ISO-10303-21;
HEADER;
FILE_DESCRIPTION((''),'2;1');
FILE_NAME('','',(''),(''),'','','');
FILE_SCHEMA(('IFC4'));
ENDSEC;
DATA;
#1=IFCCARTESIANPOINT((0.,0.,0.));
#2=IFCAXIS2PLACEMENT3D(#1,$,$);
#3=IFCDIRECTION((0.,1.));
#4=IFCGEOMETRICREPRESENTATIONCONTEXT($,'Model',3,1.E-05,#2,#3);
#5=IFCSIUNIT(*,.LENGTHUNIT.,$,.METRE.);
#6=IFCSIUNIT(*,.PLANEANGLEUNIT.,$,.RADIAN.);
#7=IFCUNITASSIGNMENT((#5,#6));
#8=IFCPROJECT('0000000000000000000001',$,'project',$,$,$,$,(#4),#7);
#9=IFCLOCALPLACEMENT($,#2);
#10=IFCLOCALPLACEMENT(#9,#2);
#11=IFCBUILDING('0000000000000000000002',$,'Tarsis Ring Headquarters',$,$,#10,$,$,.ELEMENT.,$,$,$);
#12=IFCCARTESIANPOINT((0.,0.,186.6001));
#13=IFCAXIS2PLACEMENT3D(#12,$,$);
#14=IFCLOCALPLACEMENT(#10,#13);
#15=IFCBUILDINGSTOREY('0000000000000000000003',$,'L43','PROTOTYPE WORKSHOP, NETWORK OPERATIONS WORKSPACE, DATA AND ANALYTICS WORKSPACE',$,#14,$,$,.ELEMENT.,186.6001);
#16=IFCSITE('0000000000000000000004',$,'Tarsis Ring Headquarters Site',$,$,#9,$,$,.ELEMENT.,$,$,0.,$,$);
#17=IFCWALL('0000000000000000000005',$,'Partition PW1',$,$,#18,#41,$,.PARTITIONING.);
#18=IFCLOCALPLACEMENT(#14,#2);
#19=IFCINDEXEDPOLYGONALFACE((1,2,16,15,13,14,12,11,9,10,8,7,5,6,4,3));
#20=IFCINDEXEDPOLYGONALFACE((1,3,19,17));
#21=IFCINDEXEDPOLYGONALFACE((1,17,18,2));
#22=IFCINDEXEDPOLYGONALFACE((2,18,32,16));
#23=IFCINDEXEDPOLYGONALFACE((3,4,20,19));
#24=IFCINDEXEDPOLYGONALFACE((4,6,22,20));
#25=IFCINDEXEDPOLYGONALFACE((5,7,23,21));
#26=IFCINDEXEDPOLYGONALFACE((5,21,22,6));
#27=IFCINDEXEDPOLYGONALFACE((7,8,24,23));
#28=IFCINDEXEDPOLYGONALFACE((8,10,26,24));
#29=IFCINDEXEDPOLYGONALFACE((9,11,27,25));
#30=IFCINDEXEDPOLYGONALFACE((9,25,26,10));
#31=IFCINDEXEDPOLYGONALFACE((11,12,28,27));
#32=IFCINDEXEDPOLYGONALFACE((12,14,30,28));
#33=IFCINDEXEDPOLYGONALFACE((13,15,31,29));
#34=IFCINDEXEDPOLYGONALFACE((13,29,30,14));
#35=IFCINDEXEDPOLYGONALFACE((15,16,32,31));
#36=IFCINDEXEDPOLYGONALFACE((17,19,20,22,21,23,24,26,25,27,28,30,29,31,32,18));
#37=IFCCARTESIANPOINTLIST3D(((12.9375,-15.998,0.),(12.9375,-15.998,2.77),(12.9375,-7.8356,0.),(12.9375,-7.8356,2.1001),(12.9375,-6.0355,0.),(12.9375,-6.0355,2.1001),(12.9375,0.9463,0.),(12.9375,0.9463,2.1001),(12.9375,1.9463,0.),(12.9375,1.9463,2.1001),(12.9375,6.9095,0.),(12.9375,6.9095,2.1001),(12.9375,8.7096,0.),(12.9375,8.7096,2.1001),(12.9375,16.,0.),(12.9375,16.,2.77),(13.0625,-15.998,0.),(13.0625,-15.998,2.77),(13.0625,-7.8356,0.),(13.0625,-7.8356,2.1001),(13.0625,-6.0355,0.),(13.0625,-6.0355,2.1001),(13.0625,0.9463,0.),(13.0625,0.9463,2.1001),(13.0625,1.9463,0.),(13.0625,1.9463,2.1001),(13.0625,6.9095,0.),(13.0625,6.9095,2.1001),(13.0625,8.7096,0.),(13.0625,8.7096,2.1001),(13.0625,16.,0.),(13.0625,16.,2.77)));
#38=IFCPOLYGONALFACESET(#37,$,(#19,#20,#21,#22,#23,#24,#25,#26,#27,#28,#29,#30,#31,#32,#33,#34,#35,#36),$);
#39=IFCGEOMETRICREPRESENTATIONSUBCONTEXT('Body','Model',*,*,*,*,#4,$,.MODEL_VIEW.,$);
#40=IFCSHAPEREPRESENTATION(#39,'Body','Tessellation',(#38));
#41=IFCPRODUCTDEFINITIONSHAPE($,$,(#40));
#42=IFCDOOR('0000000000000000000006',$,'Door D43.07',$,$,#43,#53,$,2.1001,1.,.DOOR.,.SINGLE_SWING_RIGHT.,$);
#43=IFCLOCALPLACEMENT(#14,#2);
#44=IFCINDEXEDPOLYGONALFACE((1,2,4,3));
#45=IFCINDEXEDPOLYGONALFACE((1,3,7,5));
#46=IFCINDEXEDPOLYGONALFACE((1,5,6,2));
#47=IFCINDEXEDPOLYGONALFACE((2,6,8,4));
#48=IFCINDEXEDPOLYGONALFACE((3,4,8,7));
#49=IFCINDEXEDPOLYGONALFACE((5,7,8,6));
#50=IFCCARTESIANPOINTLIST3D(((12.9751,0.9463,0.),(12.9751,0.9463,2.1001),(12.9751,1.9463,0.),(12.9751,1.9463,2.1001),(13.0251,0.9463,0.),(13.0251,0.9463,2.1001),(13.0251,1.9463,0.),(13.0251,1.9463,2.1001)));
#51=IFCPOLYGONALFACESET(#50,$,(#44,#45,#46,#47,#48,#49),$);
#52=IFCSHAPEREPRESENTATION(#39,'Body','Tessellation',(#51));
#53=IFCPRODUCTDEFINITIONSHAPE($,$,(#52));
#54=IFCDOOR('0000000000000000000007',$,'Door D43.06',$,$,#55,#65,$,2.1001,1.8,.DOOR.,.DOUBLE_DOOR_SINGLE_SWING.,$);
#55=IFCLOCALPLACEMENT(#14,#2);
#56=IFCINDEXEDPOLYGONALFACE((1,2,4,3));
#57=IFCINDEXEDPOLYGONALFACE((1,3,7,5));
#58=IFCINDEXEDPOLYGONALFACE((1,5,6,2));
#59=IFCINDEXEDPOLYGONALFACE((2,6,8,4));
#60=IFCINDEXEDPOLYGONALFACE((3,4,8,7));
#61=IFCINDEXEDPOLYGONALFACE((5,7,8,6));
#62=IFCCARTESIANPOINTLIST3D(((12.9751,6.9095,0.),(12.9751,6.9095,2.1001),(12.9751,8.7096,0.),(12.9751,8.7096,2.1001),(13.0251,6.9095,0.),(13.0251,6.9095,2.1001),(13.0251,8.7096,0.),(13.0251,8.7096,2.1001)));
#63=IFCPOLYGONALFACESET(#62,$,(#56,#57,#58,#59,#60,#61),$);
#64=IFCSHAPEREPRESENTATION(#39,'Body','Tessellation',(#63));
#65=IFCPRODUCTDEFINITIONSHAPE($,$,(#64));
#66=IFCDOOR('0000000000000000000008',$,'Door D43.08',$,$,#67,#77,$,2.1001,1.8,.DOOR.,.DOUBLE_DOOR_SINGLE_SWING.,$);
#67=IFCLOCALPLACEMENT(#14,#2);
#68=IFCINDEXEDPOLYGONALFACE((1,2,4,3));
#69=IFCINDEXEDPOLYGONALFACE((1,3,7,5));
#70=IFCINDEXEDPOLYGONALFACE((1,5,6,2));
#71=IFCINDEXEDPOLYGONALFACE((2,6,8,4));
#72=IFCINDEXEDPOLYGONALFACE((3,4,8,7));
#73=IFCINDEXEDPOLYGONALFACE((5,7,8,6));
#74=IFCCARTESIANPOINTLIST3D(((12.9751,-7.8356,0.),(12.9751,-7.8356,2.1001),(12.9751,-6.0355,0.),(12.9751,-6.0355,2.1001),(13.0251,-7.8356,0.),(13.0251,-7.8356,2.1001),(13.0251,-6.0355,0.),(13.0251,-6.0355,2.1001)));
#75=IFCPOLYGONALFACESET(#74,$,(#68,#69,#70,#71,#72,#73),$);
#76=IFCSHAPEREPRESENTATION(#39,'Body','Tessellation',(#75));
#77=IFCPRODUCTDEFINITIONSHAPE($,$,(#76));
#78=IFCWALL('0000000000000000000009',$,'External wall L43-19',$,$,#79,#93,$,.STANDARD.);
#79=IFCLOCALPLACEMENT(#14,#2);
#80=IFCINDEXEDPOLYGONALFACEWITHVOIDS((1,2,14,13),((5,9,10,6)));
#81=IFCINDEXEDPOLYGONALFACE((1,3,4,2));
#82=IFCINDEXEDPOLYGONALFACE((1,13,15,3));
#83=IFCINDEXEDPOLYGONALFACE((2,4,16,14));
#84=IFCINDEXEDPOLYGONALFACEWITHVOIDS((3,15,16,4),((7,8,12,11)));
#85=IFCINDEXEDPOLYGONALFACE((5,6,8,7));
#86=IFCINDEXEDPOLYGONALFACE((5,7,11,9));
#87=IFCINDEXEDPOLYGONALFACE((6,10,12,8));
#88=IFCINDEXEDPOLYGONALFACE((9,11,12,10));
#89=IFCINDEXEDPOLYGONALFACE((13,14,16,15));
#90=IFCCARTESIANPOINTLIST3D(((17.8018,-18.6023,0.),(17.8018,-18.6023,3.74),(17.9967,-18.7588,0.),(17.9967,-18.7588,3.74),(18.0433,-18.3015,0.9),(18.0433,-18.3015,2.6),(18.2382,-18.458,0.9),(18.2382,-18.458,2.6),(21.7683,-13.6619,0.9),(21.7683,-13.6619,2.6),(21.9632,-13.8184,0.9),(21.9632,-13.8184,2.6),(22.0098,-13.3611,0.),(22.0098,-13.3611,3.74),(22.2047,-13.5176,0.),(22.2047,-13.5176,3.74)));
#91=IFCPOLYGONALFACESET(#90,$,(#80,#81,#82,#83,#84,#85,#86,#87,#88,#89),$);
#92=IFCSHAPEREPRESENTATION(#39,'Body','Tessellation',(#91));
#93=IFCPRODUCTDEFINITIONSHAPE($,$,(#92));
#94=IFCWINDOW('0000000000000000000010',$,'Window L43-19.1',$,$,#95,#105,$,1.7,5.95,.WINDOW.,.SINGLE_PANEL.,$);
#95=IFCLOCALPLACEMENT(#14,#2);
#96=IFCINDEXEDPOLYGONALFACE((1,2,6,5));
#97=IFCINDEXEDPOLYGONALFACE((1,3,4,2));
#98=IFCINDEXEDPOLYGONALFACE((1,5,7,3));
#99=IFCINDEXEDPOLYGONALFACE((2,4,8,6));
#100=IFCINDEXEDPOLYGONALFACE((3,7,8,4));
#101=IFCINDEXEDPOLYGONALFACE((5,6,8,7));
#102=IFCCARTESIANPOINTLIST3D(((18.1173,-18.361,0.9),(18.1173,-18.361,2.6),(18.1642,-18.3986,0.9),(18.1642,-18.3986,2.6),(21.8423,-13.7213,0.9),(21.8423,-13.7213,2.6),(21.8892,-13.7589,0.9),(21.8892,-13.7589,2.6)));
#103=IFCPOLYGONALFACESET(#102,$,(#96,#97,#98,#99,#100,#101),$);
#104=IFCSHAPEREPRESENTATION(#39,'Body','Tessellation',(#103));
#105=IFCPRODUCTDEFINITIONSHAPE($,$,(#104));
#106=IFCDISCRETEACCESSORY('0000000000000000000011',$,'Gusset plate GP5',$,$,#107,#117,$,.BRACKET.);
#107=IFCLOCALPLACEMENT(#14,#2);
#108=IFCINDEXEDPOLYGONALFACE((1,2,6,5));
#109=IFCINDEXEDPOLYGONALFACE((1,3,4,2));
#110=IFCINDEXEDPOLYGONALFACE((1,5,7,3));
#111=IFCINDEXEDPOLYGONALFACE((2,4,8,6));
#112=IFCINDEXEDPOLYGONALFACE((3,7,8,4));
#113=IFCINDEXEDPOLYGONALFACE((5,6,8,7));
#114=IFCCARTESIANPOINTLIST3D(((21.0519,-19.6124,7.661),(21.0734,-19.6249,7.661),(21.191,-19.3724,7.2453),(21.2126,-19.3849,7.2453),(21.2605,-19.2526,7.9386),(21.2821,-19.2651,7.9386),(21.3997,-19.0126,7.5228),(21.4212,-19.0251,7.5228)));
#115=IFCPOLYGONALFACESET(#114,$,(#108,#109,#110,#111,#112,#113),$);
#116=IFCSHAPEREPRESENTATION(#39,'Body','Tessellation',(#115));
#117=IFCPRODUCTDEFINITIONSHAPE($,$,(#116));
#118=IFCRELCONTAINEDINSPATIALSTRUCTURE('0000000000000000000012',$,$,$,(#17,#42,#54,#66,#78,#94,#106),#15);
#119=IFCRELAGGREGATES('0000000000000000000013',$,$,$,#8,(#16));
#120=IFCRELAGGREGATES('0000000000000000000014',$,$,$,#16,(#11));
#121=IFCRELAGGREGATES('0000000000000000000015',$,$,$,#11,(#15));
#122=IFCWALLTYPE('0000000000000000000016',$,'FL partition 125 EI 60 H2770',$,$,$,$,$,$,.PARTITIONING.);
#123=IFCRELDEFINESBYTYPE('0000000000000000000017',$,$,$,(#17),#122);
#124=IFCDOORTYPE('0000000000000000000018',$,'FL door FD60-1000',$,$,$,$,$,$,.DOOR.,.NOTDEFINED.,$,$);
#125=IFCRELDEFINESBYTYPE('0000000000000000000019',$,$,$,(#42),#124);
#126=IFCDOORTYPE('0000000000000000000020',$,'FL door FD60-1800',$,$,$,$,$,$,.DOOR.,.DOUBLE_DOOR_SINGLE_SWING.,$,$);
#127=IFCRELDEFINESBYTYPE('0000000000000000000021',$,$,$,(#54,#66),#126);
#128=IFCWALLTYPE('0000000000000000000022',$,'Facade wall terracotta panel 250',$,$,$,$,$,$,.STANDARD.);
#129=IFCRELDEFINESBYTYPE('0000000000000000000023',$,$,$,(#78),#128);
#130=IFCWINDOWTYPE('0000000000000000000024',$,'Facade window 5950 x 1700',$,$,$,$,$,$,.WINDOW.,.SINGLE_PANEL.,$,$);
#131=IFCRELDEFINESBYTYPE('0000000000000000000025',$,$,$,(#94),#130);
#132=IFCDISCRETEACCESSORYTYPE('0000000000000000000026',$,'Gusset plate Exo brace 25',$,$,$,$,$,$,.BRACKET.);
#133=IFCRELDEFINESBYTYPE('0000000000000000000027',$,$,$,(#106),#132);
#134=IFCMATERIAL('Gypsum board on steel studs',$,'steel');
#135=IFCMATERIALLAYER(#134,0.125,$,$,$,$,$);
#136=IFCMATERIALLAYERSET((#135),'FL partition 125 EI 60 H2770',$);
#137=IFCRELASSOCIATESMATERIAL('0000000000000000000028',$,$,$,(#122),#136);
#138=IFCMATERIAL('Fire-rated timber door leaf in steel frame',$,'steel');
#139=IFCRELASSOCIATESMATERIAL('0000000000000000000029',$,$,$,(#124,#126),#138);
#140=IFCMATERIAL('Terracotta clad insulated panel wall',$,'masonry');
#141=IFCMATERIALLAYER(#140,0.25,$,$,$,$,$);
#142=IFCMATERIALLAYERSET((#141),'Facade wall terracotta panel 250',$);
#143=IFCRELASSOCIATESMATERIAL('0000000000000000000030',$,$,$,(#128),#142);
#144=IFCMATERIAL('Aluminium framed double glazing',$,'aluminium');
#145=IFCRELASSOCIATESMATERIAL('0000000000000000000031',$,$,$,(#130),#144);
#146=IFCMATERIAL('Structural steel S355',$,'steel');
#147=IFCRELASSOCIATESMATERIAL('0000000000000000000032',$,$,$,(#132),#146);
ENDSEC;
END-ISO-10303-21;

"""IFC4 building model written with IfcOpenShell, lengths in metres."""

from ifc_helpers import new_model, si_unit, direction, frame, frame_2d, origin, origin_2d, place, context, subcontext, project, spatial, rectangle, extrude, material, layer, layer_set, material_profile, profile_set, type_object, element, fill, save


model = new_model("IFC4")

# Units and contexts
model_context = context("Model", 3, precision=1e-05, world=origin(), true_north=direction((0.0, 1.0)))
body_context = subcontext(model_context, "Body", "Model", "MODEL_VIEW")
ifc_project = project(units=[si_unit("LENGTHUNIT", "METRE"), si_unit("PLANEANGLEUNIT", "RADIAN")], contexts=[model_context])

# Site, building, storey
site_placement = place(None, origin())
site = spatial("IfcSite", under=ifc_project, at=site_placement, Name="Tarsis Ring Headquarters Site", CompositionType="ELEMENT", RefElevation=0.0)
building_placement = place(site_placement, origin())
building = spatial("IfcBuilding", under=site, at=building_placement, Name="Tarsis Ring Headquarters", CompositionType="ELEMENT")
storey_placement = place(building_placement, frame((0.0, 0.0, 186.6001)))
storey = spatial("IfcBuildingStorey", under=building, at=storey_placement, Name="L43", Description="PROTOTYPE WORKSHOP, NETWORK OPERATIONS WORKSPACE, DATA AND ANALYTICS WORKSPACE", CompositionType="ELEMENT", Elevation=186.6001)

# Shared definitions
ifc_material_1 = material(Name="Structural steel S355", Category="steel")

# Shared definitions
ifc_material_2 = material(Name="Gypsum board on steel studs", Category="steel")

# Wall, openings, doors
ifc_layer_1 = layer(ifc_material_2, 0.125)
ifc_layer_set_1 = layer_set([ifc_layer_1], Name="FL partition 125 EI 60 H2770")
wall_type_1 = type_object("IfcWallType", Name="FL partition 125 EI 60 H2770", PredefinedType="PARTITIONING", material=ifc_layer_set_1)
wall_1_placement = place(storey_placement, frame((13.0, -15.998, 0.0), z_axis=(0.0, 0.0, 1.0), x_axis=(0.0, 1.0, 0.0)))
wall_1 = element("IfcWall", 1, at=wall_1_placement, inside=storey, type_object=wall_type_1, Name="Partition PW1", PredefinedType="PARTITIONING", context=body_context, shape_type="SweptSolid", body=[
    extrude(rectangle(XDim=31.998, YDim=0.125, at=frame_2d((15.999, 0.0))), origin(), (0.0, 0.0, 1.0), 2.77),
])
opening_1_placement = place(wall_1_placement, frame((22.9077, 0.0, 0.0)))
opening_1 = element("IfcOpeningElement", 2, at=opening_1_placement, cuts=wall_1, PredefinedType="OPENING", context=body_context, shape_type="SweptSolid", body=[
    extrude(rectangle(XDim=1.8, YDim=2.1001, at=frame_2d((0.8999, 1.05))), frame((0.0, 0.0725, 0.0), z_axis=(0.0, -1.0, 0.0), x_axis=(1.0, 0.0, 0.0)), (0.0, 0.0, 1.0), 0.145),
])
opening_2_placement = place(wall_1_placement, frame((16.9443, 0.0, 0.0)))
opening_2 = element("IfcOpeningElement", 3, at=opening_2_placement, cuts=wall_1, PredefinedType="OPENING", context=body_context, shape_type="SweptSolid", body=[
    extrude(rectangle(XDim=1.0, YDim=2.1001, at=frame_2d((0.5, 1.05))), frame((0.0, 0.0725, 0.0), z_axis=(0.0, -1.0, 0.0), x_axis=(1.0, 0.0, 0.0)), (0.0, 0.0, 1.0), 0.145),
])
opening_3_placement = place(wall_1_placement, frame((8.1626, 0.0, 0.0)))
opening_3 = element("IfcOpeningElement", 4, at=opening_3_placement, cuts=wall_1, PredefinedType="OPENING", context=body_context, shape_type="SweptSolid", body=[
    extrude(rectangle(XDim=1.8, YDim=2.1001, at=frame_2d((0.8999, 1.05))), frame((0.0, 0.0725, 0.0), z_axis=(0.0, -1.0, 0.0), x_axis=(1.0, 0.0, 0.0)), (0.0, 0.0, 1.0), 0.145),
])
ifc_material_3 = material(Name="Fire-rated timber door leaf in steel frame", Category="steel")
door_type_1 = type_object("IfcDoorType", Name="FL door FD60-1000", OperationType="NOTDEFINED", PredefinedType="DOOR", material=ifc_material_3)
door_1_placement = place(opening_2_placement, origin())
door_1 = element("IfcDoor", 5, at=door_1_placement, inside=storey, type_object=door_type_1, Name="Door D43.07", OperationType="SINGLE_SWING_RIGHT", OverallHeight=2.1001, OverallWidth=1.0, PredefinedType="DOOR", context=body_context, shape_type="SweptSolid", body=[
    extrude(rectangle(XDim=1.0, YDim=2.1001, at=frame_2d((0.5, 1.05))), frame((0.0, 0.0249, 0.0), z_axis=(0.0, -1.0, 0.0), x_axis=(1.0, 0.0, 0.0)), (0.0, 0.0, 1.0), 0.05),
])
fill(opening_2, door_1)
door_type_2 = type_object("IfcDoorType", Name="FL door FD60-1800", OperationType="DOUBLE_DOOR_SINGLE_SWING", PredefinedType="DOOR", material=ifc_material_3)
door_2_placement = place(opening_1_placement, origin())
door_2 = element("IfcDoor", 6, at=door_2_placement, inside=storey, type_object=door_type_2, Name="Door D43.06", OperationType="DOUBLE_DOOR_SINGLE_SWING", OverallHeight=2.1001, OverallWidth=1.8, PredefinedType="DOOR", context=body_context, shape_type="SweptSolid", body=[
    extrude(rectangle(XDim=1.8, YDim=2.1001, at=frame_2d((0.8999, 1.05))), frame((0.0, 0.0249, 0.0), z_axis=(0.0, -1.0, 0.0), x_axis=(1.0, 0.0, 0.0)), (0.0, 0.0, 1.0), 0.05),
])
fill(opening_1, door_2)
door_3_placement = place(opening_3_placement, origin())
door_3 = element("IfcDoor", 7, at=door_3_placement, inside=storey, type_object=door_type_2, Name="Door D43.08", OperationType="DOUBLE_DOOR_SINGLE_SWING", OverallHeight=2.1001, OverallWidth=1.8, PredefinedType="DOOR", context=body_context, shape_type="SweptSolid", body=[
    extrude(rectangle(XDim=1.8, YDim=2.1001, at=frame_2d((0.8999, 1.05))), frame((0.0, 0.0249, 0.0), z_axis=(0.0, -1.0, 0.0), x_axis=(1.0, 0.0, 0.0)), (0.0, 0.0, 1.0), 0.05),
])
fill(opening_3, door_3)

# Wall, opening, window
ifc_material_4 = material(Name="Terracotta clad insulated panel wall", Category="masonry")
ifc_layer_2 = layer(ifc_material_4, 0.25)
ifc_layer_set_2 = layer_set([ifc_layer_2], Name="Facade wall terracotta panel 250")
wall_type_2 = type_object("IfcWallType", Name="Facade wall terracotta panel 250", PredefinedType="STANDARD", material=ifc_layer_set_2)
wall_2_placement = place(storey_placement, frame((17.8992, -18.6807, 0.0), z_axis=(0.0, 0.0, 1.0), x_axis=(0.626058, 0.779776, 0.0)))
wall_2 = element("IfcWall", 8, at=wall_2_placement, inside=storey, type_object=wall_type_2, Name="External wall L43-19", PredefinedType="STANDARD", context=body_context, shape_type="SweptSolid", body=[
    extrude(rectangle(XDim=6.7214, YDim=0.25, at=frame_2d((3.3608, 0.0))), origin(), (0.0, 0.0, 1.0), 3.74),
])
opening_4_placement = place(wall_2_placement, frame((0.3857, 0.0, 0.8999)))
opening_4 = element("IfcOpeningElement", 9, at=opening_4_placement, cuts=wall_2, PredefinedType="OPENING", context=body_context, shape_type="SweptSolid", body=[
    extrude(rectangle(XDim=5.95, YDim=1.7, at=frame_2d((2.9751, 0.8501))), frame((0.0, 0.135, 0.0), z_axis=(0.0, -1.0, 0.0), x_axis=(1.0, 0.0, 0.0)), (0.0, 0.0, 1.0), 0.27),
])
ifc_material_5 = material(Name="Aluminium framed double glazing", Category="aluminium")
window_type = type_object("IfcWindowType", Name="Facade window 5950 x 1700", PartitioningType="SINGLE_PANEL", PredefinedType="WINDOW", material=ifc_material_5)
window_placement = place(opening_4_placement, origin())
window = element("IfcWindow", 10, at=window_placement, inside=storey, type_object=window_type, Name="Window L43-19.1", OverallHeight=1.7, OverallWidth=5.95, PartitioningType="SINGLE_PANEL", PredefinedType="WINDOW", context=body_context, shape_type="SweptSolid", body=[
    extrude(rectangle(XDim=5.95, YDim=1.7, at=frame_2d((2.9751, 0.8501))), frame((0.0, 0.03, 0.0), z_axis=(0.0, -1.0, 0.0), x_axis=(1.0, 0.0, 0.0)), (0.0, 0.0, 1.0), 0.0601),
])
fill(opening_4, window)

# Discrete accessory
ifc_material_profile_1 = material_profile(ifc_material_1, rectangle(XDim=0.0249, YDim=0.5, at=origin_2d()), Name="PL 25x500")
ifc_profile_set_1 = profile_set([ifc_material_profile_1], Name="Structural steel S355")
discrete_accessory_type = type_object("IfcDiscreteAccessoryType", Name="Gusset plate Exo brace 25", PredefinedType="BRACKET", material=ifc_profile_set_1)
discrete_accessory_placement = place(storey_placement, frame((21.167, -19.4387, 7.7998), z_axis=(0.278417, 0.480147, -0.831831), x_axis=(-0.865085, 0.501626, 0.0)))
element("IfcDiscreteAccessory", 11, at=discrete_accessory_placement, inside=storey, type_object=discrete_accessory_type, Name="Gusset plate GP5", PredefinedType="BRACKET", context=body_context, shape_type="SweptSolid", body=[
    extrude(rectangle(XDim=0.0249, YDim=0.5, at=origin_2d()), origin(), (0.0, 0.0, 1.0), 0.4998),
])

save(model, "model.ifc")
